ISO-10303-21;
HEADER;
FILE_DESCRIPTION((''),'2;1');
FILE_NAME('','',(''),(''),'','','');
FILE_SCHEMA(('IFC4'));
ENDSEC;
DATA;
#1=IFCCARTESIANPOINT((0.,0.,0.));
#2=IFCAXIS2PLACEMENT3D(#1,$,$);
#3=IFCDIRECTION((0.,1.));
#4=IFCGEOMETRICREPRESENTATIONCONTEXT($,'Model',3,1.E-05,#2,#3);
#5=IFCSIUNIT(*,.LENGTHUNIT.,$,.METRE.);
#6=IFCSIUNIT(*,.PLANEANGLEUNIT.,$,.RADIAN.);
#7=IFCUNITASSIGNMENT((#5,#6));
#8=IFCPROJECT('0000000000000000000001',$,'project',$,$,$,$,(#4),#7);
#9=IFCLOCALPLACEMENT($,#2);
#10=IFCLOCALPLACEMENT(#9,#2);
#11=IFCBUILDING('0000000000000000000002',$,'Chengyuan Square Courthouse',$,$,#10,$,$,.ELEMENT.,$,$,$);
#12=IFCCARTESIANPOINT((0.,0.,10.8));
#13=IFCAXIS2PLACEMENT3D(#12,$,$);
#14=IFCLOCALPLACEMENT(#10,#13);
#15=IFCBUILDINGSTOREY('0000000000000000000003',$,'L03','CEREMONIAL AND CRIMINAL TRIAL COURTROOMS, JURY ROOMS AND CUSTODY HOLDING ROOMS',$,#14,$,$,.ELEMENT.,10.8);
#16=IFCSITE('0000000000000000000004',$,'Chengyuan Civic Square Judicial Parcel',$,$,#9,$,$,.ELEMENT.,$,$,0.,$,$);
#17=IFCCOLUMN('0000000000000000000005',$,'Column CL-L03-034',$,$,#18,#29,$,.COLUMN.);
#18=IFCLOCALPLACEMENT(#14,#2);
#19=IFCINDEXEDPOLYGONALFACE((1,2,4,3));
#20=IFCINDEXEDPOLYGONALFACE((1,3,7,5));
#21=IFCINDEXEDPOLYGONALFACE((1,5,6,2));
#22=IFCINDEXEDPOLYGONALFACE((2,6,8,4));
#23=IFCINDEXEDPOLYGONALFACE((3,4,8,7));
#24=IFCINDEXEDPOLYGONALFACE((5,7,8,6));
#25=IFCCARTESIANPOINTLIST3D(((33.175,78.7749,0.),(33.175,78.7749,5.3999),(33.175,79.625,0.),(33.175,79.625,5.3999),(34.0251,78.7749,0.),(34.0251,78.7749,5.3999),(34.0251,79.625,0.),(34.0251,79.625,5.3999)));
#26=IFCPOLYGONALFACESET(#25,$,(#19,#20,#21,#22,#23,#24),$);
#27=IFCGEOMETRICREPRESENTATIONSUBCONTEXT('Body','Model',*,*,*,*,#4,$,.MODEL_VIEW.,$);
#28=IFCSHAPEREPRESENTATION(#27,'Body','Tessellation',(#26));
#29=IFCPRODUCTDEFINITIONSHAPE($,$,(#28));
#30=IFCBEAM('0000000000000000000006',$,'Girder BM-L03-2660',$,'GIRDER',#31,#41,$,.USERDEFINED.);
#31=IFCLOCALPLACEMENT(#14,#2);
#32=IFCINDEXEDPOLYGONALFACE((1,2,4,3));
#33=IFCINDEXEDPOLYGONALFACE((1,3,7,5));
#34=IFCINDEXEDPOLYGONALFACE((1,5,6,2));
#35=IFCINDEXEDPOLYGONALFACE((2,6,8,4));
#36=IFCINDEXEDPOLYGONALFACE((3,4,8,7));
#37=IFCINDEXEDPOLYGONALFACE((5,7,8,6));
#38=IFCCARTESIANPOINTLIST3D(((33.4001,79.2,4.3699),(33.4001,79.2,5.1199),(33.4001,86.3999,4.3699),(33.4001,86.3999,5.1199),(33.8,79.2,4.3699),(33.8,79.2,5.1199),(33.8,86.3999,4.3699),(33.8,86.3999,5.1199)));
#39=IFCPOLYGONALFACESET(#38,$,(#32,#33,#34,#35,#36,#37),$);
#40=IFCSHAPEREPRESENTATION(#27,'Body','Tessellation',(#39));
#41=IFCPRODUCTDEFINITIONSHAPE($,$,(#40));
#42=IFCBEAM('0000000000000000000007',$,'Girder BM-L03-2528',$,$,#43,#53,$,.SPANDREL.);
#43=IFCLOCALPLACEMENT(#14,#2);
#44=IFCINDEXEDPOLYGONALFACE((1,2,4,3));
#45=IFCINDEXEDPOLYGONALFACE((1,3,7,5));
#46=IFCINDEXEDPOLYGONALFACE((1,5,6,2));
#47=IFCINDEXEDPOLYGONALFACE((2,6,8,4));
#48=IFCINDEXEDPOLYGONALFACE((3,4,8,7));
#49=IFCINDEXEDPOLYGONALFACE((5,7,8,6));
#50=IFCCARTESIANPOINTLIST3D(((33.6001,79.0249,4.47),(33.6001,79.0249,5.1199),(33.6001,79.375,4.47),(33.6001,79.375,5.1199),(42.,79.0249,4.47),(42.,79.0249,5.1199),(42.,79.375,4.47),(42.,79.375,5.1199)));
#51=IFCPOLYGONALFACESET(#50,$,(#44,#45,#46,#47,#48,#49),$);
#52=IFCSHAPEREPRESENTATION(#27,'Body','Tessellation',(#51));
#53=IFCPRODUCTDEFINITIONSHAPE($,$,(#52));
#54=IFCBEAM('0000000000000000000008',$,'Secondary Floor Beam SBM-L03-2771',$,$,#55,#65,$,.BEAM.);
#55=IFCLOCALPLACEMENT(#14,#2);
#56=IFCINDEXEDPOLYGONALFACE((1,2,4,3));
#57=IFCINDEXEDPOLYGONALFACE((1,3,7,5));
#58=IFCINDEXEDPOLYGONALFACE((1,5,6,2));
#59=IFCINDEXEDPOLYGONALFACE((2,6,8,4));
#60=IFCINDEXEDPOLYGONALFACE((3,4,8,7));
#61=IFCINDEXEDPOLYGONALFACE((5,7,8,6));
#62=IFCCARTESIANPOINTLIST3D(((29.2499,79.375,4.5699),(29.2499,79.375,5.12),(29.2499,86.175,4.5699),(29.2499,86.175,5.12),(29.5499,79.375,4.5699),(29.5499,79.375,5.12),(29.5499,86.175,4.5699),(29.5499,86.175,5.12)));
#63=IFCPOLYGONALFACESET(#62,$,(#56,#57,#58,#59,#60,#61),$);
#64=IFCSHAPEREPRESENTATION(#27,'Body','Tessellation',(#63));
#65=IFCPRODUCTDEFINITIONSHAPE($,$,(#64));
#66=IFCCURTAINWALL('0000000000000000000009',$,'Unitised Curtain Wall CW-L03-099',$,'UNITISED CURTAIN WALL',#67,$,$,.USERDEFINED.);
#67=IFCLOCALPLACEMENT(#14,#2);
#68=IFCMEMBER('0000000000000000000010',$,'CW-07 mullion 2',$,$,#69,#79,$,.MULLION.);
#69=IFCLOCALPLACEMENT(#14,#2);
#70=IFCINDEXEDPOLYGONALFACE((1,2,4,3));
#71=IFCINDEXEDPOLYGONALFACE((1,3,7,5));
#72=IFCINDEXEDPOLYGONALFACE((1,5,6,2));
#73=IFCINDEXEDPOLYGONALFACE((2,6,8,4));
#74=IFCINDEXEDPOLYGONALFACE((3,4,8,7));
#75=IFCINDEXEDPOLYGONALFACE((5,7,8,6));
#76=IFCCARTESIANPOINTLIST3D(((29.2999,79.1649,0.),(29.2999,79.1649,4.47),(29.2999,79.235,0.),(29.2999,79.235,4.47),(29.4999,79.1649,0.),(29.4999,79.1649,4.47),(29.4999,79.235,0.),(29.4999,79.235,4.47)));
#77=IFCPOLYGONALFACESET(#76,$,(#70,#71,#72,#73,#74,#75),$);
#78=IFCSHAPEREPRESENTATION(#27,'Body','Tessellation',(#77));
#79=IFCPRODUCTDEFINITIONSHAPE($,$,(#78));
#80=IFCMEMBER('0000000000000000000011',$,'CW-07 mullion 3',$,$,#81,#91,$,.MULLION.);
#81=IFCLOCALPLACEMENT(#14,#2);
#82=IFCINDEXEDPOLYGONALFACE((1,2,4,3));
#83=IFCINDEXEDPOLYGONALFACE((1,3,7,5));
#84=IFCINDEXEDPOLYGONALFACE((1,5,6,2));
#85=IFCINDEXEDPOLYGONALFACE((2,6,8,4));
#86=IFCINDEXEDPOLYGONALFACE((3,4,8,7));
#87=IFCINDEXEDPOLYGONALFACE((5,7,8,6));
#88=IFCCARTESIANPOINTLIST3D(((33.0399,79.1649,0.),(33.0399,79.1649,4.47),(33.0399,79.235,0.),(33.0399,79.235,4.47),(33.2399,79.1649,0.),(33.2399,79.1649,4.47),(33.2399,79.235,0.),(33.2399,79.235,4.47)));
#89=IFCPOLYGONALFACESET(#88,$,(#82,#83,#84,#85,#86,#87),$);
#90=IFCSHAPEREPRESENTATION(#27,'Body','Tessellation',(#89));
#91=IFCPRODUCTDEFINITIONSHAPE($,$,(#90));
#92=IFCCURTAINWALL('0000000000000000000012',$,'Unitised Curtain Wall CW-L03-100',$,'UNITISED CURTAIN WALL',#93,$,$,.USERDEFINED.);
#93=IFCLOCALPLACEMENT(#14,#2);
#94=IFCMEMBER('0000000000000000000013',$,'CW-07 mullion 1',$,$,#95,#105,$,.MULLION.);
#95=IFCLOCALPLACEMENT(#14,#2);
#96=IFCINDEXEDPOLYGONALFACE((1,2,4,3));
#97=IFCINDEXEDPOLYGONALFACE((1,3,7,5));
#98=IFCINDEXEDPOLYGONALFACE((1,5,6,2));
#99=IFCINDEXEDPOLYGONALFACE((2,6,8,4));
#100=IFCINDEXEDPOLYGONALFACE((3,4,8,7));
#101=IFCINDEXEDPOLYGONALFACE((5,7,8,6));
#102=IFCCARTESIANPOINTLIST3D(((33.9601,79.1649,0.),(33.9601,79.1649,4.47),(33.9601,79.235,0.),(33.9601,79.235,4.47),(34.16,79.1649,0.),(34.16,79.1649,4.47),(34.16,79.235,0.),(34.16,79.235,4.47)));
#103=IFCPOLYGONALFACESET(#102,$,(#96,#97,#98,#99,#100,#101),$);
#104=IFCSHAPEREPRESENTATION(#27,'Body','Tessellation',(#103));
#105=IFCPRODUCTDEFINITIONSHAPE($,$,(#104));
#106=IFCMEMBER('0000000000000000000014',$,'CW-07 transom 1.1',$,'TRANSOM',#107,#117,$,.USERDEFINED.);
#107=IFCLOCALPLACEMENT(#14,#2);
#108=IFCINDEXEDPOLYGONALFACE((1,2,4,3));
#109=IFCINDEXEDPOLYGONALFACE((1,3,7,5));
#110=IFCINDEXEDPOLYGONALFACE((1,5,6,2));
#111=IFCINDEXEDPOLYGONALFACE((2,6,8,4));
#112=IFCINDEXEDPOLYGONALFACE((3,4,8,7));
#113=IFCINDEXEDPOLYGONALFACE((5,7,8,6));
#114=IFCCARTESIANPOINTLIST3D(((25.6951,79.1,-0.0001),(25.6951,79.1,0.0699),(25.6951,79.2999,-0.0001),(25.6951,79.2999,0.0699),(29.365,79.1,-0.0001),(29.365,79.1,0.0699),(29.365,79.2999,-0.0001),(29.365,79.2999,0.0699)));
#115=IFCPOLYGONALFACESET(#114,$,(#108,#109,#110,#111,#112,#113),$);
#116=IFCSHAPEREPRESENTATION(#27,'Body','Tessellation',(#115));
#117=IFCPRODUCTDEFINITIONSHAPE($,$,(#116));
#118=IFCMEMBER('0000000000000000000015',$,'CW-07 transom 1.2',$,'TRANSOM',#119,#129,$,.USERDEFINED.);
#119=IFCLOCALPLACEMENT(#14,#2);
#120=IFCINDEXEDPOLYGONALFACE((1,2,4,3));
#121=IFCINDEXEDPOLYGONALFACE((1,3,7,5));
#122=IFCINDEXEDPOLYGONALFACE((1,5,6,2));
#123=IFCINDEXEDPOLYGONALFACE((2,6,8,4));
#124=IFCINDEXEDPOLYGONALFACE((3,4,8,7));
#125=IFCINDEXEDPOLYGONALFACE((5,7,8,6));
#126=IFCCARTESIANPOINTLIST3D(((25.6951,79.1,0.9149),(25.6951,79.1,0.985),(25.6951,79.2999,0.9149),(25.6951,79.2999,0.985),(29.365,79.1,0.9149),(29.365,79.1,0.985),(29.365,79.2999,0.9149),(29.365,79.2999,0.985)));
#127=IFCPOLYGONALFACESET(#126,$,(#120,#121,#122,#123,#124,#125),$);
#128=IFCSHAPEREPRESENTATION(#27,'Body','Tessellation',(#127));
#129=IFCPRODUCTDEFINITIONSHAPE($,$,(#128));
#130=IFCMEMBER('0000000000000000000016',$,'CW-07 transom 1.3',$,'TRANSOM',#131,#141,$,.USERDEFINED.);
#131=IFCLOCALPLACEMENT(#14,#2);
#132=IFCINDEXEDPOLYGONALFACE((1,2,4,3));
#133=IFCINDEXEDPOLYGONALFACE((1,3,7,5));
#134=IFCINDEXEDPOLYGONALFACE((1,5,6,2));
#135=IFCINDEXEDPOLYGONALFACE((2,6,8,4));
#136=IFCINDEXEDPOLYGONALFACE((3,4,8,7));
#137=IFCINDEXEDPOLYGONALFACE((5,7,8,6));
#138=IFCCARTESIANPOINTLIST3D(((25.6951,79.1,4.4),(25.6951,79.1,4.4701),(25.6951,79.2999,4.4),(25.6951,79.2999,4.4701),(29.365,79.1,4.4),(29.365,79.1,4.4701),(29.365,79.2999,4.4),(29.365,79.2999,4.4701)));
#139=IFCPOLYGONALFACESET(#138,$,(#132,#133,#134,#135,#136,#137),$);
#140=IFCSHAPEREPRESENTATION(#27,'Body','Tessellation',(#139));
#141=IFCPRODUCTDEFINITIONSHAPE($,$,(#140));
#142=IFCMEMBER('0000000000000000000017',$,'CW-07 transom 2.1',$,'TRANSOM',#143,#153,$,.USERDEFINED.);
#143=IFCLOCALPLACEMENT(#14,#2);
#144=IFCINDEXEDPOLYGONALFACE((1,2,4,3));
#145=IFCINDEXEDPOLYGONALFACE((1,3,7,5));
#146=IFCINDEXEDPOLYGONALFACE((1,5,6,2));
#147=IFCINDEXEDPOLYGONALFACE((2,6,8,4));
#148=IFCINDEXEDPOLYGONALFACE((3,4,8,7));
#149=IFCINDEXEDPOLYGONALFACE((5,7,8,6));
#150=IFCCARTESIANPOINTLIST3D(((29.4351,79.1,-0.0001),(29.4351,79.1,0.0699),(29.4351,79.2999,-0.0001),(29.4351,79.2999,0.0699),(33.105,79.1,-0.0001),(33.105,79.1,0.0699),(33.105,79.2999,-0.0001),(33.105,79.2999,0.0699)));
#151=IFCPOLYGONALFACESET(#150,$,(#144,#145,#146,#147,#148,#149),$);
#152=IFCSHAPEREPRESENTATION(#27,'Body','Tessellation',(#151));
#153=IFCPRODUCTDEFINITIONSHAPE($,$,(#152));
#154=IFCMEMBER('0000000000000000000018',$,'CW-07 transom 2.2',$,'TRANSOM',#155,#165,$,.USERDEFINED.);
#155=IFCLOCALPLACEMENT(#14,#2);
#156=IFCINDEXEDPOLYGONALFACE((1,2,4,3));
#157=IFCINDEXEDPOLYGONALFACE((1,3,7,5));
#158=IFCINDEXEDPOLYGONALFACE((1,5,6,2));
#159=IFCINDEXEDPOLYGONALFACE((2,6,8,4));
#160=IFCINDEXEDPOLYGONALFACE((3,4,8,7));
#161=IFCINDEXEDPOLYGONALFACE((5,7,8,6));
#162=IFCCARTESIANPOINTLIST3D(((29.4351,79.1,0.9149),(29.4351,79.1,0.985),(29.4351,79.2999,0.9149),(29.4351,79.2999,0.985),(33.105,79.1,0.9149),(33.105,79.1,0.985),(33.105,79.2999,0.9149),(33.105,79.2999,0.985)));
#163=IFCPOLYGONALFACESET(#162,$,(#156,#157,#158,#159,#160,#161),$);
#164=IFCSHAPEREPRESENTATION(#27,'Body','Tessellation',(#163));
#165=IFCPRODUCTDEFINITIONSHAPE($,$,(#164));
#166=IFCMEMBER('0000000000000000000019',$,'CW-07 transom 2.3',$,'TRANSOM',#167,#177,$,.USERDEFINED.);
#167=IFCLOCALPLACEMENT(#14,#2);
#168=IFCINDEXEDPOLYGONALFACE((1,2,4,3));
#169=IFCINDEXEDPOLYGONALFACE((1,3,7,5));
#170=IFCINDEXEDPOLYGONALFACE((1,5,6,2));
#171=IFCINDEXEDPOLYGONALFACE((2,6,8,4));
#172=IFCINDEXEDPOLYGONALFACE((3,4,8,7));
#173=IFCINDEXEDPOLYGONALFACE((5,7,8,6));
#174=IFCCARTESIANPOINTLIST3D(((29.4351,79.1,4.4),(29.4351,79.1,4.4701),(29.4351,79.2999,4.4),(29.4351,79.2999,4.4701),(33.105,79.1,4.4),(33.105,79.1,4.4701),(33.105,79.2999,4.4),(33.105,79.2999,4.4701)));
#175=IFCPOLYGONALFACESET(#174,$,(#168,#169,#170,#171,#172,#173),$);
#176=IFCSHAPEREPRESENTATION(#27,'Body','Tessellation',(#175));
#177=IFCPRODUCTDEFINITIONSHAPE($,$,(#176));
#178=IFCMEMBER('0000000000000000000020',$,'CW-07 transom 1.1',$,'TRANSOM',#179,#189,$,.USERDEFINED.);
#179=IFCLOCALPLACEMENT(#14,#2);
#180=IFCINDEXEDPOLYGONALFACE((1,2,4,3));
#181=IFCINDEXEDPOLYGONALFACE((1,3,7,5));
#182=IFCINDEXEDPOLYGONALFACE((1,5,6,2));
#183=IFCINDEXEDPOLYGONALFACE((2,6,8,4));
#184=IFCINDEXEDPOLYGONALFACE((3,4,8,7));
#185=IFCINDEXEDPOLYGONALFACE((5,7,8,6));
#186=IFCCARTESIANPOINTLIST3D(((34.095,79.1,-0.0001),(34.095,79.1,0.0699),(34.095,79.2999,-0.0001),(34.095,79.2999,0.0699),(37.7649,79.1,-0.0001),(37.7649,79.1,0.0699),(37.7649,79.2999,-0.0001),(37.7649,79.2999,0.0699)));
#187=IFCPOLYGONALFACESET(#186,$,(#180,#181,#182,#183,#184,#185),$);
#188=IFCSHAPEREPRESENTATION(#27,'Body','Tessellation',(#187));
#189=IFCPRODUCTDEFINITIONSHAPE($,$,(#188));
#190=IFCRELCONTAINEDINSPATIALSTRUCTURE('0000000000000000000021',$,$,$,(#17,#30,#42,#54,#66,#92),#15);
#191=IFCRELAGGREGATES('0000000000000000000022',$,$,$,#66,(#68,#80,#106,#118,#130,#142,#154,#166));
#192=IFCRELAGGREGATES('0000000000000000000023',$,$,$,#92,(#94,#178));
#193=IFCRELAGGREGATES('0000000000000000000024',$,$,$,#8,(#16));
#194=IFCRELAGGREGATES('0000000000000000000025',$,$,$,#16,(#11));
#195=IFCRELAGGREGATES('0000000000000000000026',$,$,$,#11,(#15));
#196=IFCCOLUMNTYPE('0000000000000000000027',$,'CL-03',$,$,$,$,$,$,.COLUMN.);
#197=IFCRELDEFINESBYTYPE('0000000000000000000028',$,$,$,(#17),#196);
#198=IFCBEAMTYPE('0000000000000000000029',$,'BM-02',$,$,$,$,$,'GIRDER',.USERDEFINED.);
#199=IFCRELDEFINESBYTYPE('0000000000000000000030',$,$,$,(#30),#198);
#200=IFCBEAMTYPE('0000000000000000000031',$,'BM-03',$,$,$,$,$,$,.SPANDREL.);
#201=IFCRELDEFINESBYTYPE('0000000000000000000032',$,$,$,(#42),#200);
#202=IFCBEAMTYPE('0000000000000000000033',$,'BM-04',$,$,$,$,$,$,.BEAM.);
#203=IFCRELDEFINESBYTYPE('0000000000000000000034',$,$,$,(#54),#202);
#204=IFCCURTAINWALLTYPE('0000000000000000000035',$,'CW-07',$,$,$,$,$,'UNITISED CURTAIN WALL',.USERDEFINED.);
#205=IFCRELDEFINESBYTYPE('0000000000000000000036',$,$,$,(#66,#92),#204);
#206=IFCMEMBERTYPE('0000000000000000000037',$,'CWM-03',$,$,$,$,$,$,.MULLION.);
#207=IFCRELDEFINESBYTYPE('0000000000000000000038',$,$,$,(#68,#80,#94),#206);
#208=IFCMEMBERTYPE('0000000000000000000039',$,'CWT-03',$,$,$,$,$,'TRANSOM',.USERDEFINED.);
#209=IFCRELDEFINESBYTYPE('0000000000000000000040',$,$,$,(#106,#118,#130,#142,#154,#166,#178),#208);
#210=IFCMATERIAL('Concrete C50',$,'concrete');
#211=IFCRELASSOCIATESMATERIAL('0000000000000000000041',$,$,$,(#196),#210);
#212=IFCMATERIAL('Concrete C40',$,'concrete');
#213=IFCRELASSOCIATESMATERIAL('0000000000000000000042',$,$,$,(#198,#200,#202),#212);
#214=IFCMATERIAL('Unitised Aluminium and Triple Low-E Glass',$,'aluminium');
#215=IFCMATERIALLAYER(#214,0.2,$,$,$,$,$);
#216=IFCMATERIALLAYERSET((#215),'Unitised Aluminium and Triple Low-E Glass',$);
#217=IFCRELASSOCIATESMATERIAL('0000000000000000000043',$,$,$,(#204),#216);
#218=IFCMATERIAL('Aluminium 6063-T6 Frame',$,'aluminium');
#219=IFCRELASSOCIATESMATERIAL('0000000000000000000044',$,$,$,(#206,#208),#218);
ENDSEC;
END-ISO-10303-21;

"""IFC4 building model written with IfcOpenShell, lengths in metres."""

from ifc_helpers import new_model, si_unit, direction, frame, origin, origin_2d, place, context, subcontext, project, spatial, rectangle, extrude, material, layer, layer_set, material_profile, profile_set, type_object, element, aggregate, save


model = new_model("IFC4")

# Units and contexts
model_context = context("Model", 3, precision=1e-05, world=origin(), true_north=direction((0.0, 1.0)))
body_context = subcontext(model_context, "Body", "Model", "MODEL_VIEW")
ifc_project = project(units=[si_unit("LENGTHUNIT", "METRE"), si_unit("PLANEANGLEUNIT", "RADIAN")], contexts=[model_context])

# Site, building, storey
site_placement = place(None, origin())
site = spatial("IfcSite", under=ifc_project, at=site_placement, Name="Chengyuan Civic Square Judicial Parcel", CompositionType="ELEMENT", RefElevation=0.0)
building_placement = place(site_placement, origin())
building = spatial("IfcBuilding", under=site, at=building_placement, Name="Chengyuan Square Courthouse", CompositionType="ELEMENT")
storey_placement = place(building_placement, frame((0.0, 0.0, 10.8)))
storey = spatial("IfcBuildingStorey", under=building, at=storey_placement, Name="L03", Description="CEREMONIAL AND CRIMINAL TRIAL COURTROOMS, JURY ROOMS AND CUSTODY HOLDING ROOMS", CompositionType="ELEMENT", Elevation=10.8)

# Column
ifc_material_1 = material(Name="Concrete C50", Category="concrete")
ifc_material_profile_1 = material_profile(ifc_material_1, rectangle(XDim=0.8501, YDim=0.8501, at=origin_2d()), Name="RC-COL-850x850")
ifc_profile_set_1 = profile_set([ifc_material_profile_1], Name="Concrete C50")
column_type = type_object("IfcColumnType", Name="CL-03", PredefinedType="COLUMN", material=ifc_profile_set_1)
column_placement = place(storey_placement, frame((33.6001, 79.2, 0.0), z_axis=(0.0, 0.0, 1.0), x_axis=(1.0, 0.0, 0.0)))
element("IfcColumn", 1, at=column_placement, inside=storey, type_object=column_type, Name="Column CL-L03-034", PredefinedType="COLUMN", context=body_context, shape_type="SweptSolid", body=[
    extrude(rectangle(XDim=0.8501, YDim=0.8501, at=origin_2d()), origin(), (0.0, 0.0, 1.0), 5.3999),
])

# Beams
ifc_material_2 = material(Name="Concrete C40", Category="concrete")
ifc_material_profile_2 = material_profile(ifc_material_2, rectangle(XDim=0.3999, YDim=0.75, at=origin_2d()), Name="RC-BM-400x750")
ifc_profile_set_2 = profile_set([ifc_material_profile_2], Name="Concrete C40")
beam_type_1 = type_object("IfcBeamType", Name="BM-02", ElementType="GIRDER", PredefinedType="USERDEFINED", material=ifc_profile_set_2)
beam_1_placement = place(storey_placement, frame((33.6001, 79.2, 4.7449), z_axis=(0.0, 1.0, 0.0), x_axis=(-1.0, 0.0, 0.0)))
element("IfcBeam", 2, at=beam_1_placement, inside=storey, type_object=beam_type_1, Name="Girder BM-L03-2660", ObjectType="GIRDER", PredefinedType="USERDEFINED", context=body_context, shape_type="SweptSolid", body=[
    extrude(rectangle(XDim=0.3999, YDim=0.75, at=origin_2d()), origin(), (0.0, 0.0, 1.0), 7.2),
])
ifc_material_profile_3 = material_profile(ifc_material_2, rectangle(XDim=0.3501, YDim=0.6499, at=origin_2d()), Name="RC-BM-350x650")
ifc_profile_set_3 = profile_set([ifc_material_profile_3], Name="Concrete C40")
beam_type_2 = type_object("IfcBeamType", Name="BM-03", PredefinedType="SPANDREL", material=ifc_profile_set_3)
beam_2_placement = place(storey_placement, frame((33.6001, 79.2, 4.7949), z_axis=(1.0, 0.0, 0.0), x_axis=(0.0, 1.0, 0.0)))
element("IfcBeam", 3, at=beam_2_placement, inside=storey, type_object=beam_type_2, Name="Girder BM-L03-2528", PredefinedType="SPANDREL", context=body_context, shape_type="SweptSolid", body=[
    extrude(rectangle(XDim=0.3501, YDim=0.6499, at=origin_2d()), origin(), (0.0, 0.0, 1.0), 8.3999),
])
ifc_material_profile_4 = material_profile(ifc_material_2, rectangle(XDim=0.3, YDim=0.55, at=origin_2d()), Name="RC-BM-300x550")
ifc_profile_set_4 = profile_set([ifc_material_profile_4], Name="Concrete C40")
beam_type_3 = type_object("IfcBeamType", Name="BM-04", PredefinedType="BEAM", material=ifc_profile_set_4)
beam_3_placement = place(storey_placement, frame((29.3999, 79.375, 4.845), z_axis=(0.0, 1.0, 0.0), x_axis=(-1.0, 0.0, 0.0)))
element("IfcBeam", 4, at=beam_3_placement, inside=storey, type_object=beam_type_3, Name="Secondary Floor Beam SBM-L03-2771", PredefinedType="BEAM", context=body_context, shape_type="SweptSolid", body=[
    extrude(rectangle(XDim=0.3, YDim=0.55, at=origin_2d()), origin(), (0.0, 0.0, 1.0), 6.8),
])

# Curtain wall, members
ifc_material_3 = material(Name="Unitised Aluminium and Triple Low-E Glass", Category="aluminium")
ifc_layer_1 = layer(ifc_material_3, 0.2)
ifc_layer_set_1 = layer_set([ifc_layer_1], Name="Unitised Aluminium and Triple Low-E Glass")
curtain_wall_type = type_object("IfcCurtainWallType", Name="CW-07", ElementType="UNITISED CURTAIN WALL", PredefinedType="USERDEFINED", material=ifc_layer_set_1)
curtain_wall_1_placement = place(storey_placement, origin())
curtain_wall_1 = element("IfcCurtainWall", 5, at=curtain_wall_1_placement, inside=storey, type_object=curtain_wall_type, Name="Unitised Curtain Wall CW-L03-099", ObjectType="UNITISED CURTAIN WALL", PredefinedType="USERDEFINED")
ifc_material_4 = material(Name="Aluminium 6063-T6 Frame", Category="aluminium")
ifc_material_profile_5 = material_profile(ifc_material_4, rectangle(XDim=0.0701, YDim=0.2, at=origin_2d()), Name="CW-MUL-70x200")
ifc_profile_set_5 = profile_set([ifc_material_profile_5], Name="Aluminium 6063-T6 Frame")
member_type_1 = type_object("IfcMemberType", Name="CWM-03", PredefinedType="MULLION", material=ifc_profile_set_5)
member_1_placement = place(storey_placement, frame((29.3999, 79.2, 0.0), z_axis=(0.0, 0.0, 1.0), x_axis=(0.0, 1.0, 0.0)))
member_1 = element("IfcMember", 6, at=member_1_placement, type_object=member_type_1, Name="CW-07 mullion 2", PredefinedType="MULLION", context=body_context, shape_type="SweptSolid", body=[
    extrude(rectangle(XDim=0.0701, YDim=0.2, at=origin_2d()), origin(), (0.0, 0.0, 1.0), 4.47),
])
member_2_placement = place(storey_placement, frame((33.1399, 79.2, 0.0), z_axis=(0.0, 0.0, 1.0), x_axis=(0.0, 1.0, 0.0)))
member_2 = element("IfcMember", 7, at=member_2_placement, type_object=member_type_1, Name="CW-07 mullion 3", PredefinedType="MULLION", context=body_context, shape_type="SweptSolid", body=[
    extrude(rectangle(XDim=0.0701, YDim=0.2, at=origin_2d()), origin(), (0.0, 0.0, 1.0), 4.47),
])

# Curtain wall, member
curtain_wall_2_placement = place(storey_placement, origin())
curtain_wall_2 = element("IfcCurtainWall", 8, at=curtain_wall_2_placement, inside=storey, type_object=curtain_wall_type, Name="Unitised Curtain Wall CW-L03-100", ObjectType="UNITISED CURTAIN WALL", PredefinedType="USERDEFINED")
member_3_placement = place(storey_placement, frame((34.0601, 79.2, 0.0), z_axis=(0.0, 0.0, 1.0), x_axis=(0.0, 1.0, 0.0)))
member_3 = element("IfcMember", 9, at=member_3_placement, type_object=member_type_1, Name="CW-07 mullion 1", PredefinedType="MULLION", context=body_context, shape_type="SweptSolid", body=[
    extrude(rectangle(XDim=0.0701, YDim=0.2, at=origin_2d()), origin(), (0.0, 0.0, 1.0), 4.47),
])

# Members
ifc_material_profile_6 = material_profile(ifc_material_4, rectangle(XDim=0.2, YDim=0.0701, at=origin_2d()), Name="CW-TRN-70x160")
ifc_profile_set_6 = profile_set([ifc_material_profile_6], Name="Aluminium 6063-T6 Frame")
member_type_2 = type_object("IfcMemberType", Name="CWT-03", ElementType="TRANSOM", PredefinedType="USERDEFINED", material=ifc_profile_set_6)
member_4_placement = place(storey_placement, frame((25.6951, 79.2, 0.0349), z_axis=(1.0, 0.0, 0.0), x_axis=(0.0, 1.0, 0.0)))
member_4 = element("IfcMember", 10, at=member_4_placement, type_object=member_type_2, Name="CW-07 transom 1.1", ObjectType="TRANSOM", PredefinedType="USERDEFINED", context=body_context, shape_type="SweptSolid", body=[
    extrude(rectangle(XDim=0.2, YDim=0.0701, at=origin_2d()), origin(), (0.0, 0.0, 1.0), 3.6699),
])
member_5_placement = place(storey_placement, frame((25.6951, 79.2, 0.95), z_axis=(1.0, 0.0, 0.0), x_axis=(0.0, 1.0, 0.0)))
member_5 = element("IfcMember", 11, at=member_5_placement, type_object=member_type_2, Name="CW-07 transom 1.2", ObjectType="TRANSOM", PredefinedType="USERDEFINED", context=body_context, shape_type="SweptSolid", body=[
    extrude(rectangle(XDim=0.2, YDim=0.0701, at=origin_2d()), origin(), (0.0, 0.0, 1.0), 3.6699),
])
member_6_placement = place(storey_placement, frame((25.6951, 79.2, 4.4351), z_axis=(1.0, 0.0, 0.0), x_axis=(0.0, 1.0, 0.0)))
member_6 = element("IfcMember", 12, at=member_6_placement, type_object=member_type_2, Name="CW-07 transom 1.3", ObjectType="TRANSOM", PredefinedType="USERDEFINED", context=body_context, shape_type="SweptSolid", body=[
    extrude(rectangle(XDim=0.2, YDim=0.0701, at=origin_2d()), origin(), (0.0, 0.0, 1.0), 3.6699),
])
member_7_placement = place(storey_placement, frame((29.4351, 79.2, 0.0349), z_axis=(1.0, 0.0, 0.0), x_axis=(0.0, 1.0, 0.0)))
member_7 = element("IfcMember", 13, at=member_7_placement, type_object=member_type_2, Name="CW-07 transom 2.1", ObjectType="TRANSOM", PredefinedType="USERDEFINED", context=body_context, shape_type="SweptSolid", body=[
    extrude(rectangle(XDim=0.2, YDim=0.0701, at=origin_2d()), origin(), (0.0, 0.0, 1.0), 3.6699),
])
member_8_placement = place(storey_placement, frame((29.4351, 79.2, 0.95), z_axis=(1.0, 0.0, 0.0), x_axis=(0.0, 1.0, 0.0)))
member_8 = element("IfcMember", 14, at=member_8_placement, type_object=member_type_2, Name="CW-07 transom 2.2", ObjectType="TRANSOM", PredefinedType="USERDEFINED", context=body_context, shape_type="SweptSolid", body=[
    extrude(rectangle(XDim=0.2, YDim=0.0701, at=origin_2d()), origin(), (0.0, 0.0, 1.0), 3.6699),
])
member_9_placement = place(storey_placement, frame((29.4351, 79.2, 4.4351), z_axis=(1.0, 0.0, 0.0), x_axis=(0.0, 1.0, 0.0)))
member_9 = element("IfcMember", 15, at=member_9_placement, type_object=member_type_2, Name="CW-07 transom 2.3", ObjectType="TRANSOM", PredefinedType="USERDEFINED", context=body_context, shape_type="SweptSolid", body=[
    extrude(rectangle(XDim=0.2, YDim=0.0701, at=origin_2d()), origin(), (0.0, 0.0, 1.0), 3.6699),
])
member_10_placement = place(storey_placement, frame((34.095, 79.2, 0.0349), z_axis=(1.0, 0.0, 0.0), x_axis=(0.0, 1.0, 0.0)))
member_10 = element("IfcMember", 16, at=member_10_placement, type_object=member_type_2, Name="CW-07 transom 1.1", ObjectType="TRANSOM", PredefinedType="USERDEFINED", context=body_context, shape_type="SweptSolid", body=[
    extrude(rectangle(XDim=0.2, YDim=0.0701, at=origin_2d()), origin(), (0.0, 0.0, 1.0), 3.6699),
])

aggregate(curtain_wall_1, [member_1, member_2, member_4, member_5, member_6, member_7, member_8, member_9])
aggregate(curtain_wall_2, [member_3, member_10])

save(model, "model.ifc")
